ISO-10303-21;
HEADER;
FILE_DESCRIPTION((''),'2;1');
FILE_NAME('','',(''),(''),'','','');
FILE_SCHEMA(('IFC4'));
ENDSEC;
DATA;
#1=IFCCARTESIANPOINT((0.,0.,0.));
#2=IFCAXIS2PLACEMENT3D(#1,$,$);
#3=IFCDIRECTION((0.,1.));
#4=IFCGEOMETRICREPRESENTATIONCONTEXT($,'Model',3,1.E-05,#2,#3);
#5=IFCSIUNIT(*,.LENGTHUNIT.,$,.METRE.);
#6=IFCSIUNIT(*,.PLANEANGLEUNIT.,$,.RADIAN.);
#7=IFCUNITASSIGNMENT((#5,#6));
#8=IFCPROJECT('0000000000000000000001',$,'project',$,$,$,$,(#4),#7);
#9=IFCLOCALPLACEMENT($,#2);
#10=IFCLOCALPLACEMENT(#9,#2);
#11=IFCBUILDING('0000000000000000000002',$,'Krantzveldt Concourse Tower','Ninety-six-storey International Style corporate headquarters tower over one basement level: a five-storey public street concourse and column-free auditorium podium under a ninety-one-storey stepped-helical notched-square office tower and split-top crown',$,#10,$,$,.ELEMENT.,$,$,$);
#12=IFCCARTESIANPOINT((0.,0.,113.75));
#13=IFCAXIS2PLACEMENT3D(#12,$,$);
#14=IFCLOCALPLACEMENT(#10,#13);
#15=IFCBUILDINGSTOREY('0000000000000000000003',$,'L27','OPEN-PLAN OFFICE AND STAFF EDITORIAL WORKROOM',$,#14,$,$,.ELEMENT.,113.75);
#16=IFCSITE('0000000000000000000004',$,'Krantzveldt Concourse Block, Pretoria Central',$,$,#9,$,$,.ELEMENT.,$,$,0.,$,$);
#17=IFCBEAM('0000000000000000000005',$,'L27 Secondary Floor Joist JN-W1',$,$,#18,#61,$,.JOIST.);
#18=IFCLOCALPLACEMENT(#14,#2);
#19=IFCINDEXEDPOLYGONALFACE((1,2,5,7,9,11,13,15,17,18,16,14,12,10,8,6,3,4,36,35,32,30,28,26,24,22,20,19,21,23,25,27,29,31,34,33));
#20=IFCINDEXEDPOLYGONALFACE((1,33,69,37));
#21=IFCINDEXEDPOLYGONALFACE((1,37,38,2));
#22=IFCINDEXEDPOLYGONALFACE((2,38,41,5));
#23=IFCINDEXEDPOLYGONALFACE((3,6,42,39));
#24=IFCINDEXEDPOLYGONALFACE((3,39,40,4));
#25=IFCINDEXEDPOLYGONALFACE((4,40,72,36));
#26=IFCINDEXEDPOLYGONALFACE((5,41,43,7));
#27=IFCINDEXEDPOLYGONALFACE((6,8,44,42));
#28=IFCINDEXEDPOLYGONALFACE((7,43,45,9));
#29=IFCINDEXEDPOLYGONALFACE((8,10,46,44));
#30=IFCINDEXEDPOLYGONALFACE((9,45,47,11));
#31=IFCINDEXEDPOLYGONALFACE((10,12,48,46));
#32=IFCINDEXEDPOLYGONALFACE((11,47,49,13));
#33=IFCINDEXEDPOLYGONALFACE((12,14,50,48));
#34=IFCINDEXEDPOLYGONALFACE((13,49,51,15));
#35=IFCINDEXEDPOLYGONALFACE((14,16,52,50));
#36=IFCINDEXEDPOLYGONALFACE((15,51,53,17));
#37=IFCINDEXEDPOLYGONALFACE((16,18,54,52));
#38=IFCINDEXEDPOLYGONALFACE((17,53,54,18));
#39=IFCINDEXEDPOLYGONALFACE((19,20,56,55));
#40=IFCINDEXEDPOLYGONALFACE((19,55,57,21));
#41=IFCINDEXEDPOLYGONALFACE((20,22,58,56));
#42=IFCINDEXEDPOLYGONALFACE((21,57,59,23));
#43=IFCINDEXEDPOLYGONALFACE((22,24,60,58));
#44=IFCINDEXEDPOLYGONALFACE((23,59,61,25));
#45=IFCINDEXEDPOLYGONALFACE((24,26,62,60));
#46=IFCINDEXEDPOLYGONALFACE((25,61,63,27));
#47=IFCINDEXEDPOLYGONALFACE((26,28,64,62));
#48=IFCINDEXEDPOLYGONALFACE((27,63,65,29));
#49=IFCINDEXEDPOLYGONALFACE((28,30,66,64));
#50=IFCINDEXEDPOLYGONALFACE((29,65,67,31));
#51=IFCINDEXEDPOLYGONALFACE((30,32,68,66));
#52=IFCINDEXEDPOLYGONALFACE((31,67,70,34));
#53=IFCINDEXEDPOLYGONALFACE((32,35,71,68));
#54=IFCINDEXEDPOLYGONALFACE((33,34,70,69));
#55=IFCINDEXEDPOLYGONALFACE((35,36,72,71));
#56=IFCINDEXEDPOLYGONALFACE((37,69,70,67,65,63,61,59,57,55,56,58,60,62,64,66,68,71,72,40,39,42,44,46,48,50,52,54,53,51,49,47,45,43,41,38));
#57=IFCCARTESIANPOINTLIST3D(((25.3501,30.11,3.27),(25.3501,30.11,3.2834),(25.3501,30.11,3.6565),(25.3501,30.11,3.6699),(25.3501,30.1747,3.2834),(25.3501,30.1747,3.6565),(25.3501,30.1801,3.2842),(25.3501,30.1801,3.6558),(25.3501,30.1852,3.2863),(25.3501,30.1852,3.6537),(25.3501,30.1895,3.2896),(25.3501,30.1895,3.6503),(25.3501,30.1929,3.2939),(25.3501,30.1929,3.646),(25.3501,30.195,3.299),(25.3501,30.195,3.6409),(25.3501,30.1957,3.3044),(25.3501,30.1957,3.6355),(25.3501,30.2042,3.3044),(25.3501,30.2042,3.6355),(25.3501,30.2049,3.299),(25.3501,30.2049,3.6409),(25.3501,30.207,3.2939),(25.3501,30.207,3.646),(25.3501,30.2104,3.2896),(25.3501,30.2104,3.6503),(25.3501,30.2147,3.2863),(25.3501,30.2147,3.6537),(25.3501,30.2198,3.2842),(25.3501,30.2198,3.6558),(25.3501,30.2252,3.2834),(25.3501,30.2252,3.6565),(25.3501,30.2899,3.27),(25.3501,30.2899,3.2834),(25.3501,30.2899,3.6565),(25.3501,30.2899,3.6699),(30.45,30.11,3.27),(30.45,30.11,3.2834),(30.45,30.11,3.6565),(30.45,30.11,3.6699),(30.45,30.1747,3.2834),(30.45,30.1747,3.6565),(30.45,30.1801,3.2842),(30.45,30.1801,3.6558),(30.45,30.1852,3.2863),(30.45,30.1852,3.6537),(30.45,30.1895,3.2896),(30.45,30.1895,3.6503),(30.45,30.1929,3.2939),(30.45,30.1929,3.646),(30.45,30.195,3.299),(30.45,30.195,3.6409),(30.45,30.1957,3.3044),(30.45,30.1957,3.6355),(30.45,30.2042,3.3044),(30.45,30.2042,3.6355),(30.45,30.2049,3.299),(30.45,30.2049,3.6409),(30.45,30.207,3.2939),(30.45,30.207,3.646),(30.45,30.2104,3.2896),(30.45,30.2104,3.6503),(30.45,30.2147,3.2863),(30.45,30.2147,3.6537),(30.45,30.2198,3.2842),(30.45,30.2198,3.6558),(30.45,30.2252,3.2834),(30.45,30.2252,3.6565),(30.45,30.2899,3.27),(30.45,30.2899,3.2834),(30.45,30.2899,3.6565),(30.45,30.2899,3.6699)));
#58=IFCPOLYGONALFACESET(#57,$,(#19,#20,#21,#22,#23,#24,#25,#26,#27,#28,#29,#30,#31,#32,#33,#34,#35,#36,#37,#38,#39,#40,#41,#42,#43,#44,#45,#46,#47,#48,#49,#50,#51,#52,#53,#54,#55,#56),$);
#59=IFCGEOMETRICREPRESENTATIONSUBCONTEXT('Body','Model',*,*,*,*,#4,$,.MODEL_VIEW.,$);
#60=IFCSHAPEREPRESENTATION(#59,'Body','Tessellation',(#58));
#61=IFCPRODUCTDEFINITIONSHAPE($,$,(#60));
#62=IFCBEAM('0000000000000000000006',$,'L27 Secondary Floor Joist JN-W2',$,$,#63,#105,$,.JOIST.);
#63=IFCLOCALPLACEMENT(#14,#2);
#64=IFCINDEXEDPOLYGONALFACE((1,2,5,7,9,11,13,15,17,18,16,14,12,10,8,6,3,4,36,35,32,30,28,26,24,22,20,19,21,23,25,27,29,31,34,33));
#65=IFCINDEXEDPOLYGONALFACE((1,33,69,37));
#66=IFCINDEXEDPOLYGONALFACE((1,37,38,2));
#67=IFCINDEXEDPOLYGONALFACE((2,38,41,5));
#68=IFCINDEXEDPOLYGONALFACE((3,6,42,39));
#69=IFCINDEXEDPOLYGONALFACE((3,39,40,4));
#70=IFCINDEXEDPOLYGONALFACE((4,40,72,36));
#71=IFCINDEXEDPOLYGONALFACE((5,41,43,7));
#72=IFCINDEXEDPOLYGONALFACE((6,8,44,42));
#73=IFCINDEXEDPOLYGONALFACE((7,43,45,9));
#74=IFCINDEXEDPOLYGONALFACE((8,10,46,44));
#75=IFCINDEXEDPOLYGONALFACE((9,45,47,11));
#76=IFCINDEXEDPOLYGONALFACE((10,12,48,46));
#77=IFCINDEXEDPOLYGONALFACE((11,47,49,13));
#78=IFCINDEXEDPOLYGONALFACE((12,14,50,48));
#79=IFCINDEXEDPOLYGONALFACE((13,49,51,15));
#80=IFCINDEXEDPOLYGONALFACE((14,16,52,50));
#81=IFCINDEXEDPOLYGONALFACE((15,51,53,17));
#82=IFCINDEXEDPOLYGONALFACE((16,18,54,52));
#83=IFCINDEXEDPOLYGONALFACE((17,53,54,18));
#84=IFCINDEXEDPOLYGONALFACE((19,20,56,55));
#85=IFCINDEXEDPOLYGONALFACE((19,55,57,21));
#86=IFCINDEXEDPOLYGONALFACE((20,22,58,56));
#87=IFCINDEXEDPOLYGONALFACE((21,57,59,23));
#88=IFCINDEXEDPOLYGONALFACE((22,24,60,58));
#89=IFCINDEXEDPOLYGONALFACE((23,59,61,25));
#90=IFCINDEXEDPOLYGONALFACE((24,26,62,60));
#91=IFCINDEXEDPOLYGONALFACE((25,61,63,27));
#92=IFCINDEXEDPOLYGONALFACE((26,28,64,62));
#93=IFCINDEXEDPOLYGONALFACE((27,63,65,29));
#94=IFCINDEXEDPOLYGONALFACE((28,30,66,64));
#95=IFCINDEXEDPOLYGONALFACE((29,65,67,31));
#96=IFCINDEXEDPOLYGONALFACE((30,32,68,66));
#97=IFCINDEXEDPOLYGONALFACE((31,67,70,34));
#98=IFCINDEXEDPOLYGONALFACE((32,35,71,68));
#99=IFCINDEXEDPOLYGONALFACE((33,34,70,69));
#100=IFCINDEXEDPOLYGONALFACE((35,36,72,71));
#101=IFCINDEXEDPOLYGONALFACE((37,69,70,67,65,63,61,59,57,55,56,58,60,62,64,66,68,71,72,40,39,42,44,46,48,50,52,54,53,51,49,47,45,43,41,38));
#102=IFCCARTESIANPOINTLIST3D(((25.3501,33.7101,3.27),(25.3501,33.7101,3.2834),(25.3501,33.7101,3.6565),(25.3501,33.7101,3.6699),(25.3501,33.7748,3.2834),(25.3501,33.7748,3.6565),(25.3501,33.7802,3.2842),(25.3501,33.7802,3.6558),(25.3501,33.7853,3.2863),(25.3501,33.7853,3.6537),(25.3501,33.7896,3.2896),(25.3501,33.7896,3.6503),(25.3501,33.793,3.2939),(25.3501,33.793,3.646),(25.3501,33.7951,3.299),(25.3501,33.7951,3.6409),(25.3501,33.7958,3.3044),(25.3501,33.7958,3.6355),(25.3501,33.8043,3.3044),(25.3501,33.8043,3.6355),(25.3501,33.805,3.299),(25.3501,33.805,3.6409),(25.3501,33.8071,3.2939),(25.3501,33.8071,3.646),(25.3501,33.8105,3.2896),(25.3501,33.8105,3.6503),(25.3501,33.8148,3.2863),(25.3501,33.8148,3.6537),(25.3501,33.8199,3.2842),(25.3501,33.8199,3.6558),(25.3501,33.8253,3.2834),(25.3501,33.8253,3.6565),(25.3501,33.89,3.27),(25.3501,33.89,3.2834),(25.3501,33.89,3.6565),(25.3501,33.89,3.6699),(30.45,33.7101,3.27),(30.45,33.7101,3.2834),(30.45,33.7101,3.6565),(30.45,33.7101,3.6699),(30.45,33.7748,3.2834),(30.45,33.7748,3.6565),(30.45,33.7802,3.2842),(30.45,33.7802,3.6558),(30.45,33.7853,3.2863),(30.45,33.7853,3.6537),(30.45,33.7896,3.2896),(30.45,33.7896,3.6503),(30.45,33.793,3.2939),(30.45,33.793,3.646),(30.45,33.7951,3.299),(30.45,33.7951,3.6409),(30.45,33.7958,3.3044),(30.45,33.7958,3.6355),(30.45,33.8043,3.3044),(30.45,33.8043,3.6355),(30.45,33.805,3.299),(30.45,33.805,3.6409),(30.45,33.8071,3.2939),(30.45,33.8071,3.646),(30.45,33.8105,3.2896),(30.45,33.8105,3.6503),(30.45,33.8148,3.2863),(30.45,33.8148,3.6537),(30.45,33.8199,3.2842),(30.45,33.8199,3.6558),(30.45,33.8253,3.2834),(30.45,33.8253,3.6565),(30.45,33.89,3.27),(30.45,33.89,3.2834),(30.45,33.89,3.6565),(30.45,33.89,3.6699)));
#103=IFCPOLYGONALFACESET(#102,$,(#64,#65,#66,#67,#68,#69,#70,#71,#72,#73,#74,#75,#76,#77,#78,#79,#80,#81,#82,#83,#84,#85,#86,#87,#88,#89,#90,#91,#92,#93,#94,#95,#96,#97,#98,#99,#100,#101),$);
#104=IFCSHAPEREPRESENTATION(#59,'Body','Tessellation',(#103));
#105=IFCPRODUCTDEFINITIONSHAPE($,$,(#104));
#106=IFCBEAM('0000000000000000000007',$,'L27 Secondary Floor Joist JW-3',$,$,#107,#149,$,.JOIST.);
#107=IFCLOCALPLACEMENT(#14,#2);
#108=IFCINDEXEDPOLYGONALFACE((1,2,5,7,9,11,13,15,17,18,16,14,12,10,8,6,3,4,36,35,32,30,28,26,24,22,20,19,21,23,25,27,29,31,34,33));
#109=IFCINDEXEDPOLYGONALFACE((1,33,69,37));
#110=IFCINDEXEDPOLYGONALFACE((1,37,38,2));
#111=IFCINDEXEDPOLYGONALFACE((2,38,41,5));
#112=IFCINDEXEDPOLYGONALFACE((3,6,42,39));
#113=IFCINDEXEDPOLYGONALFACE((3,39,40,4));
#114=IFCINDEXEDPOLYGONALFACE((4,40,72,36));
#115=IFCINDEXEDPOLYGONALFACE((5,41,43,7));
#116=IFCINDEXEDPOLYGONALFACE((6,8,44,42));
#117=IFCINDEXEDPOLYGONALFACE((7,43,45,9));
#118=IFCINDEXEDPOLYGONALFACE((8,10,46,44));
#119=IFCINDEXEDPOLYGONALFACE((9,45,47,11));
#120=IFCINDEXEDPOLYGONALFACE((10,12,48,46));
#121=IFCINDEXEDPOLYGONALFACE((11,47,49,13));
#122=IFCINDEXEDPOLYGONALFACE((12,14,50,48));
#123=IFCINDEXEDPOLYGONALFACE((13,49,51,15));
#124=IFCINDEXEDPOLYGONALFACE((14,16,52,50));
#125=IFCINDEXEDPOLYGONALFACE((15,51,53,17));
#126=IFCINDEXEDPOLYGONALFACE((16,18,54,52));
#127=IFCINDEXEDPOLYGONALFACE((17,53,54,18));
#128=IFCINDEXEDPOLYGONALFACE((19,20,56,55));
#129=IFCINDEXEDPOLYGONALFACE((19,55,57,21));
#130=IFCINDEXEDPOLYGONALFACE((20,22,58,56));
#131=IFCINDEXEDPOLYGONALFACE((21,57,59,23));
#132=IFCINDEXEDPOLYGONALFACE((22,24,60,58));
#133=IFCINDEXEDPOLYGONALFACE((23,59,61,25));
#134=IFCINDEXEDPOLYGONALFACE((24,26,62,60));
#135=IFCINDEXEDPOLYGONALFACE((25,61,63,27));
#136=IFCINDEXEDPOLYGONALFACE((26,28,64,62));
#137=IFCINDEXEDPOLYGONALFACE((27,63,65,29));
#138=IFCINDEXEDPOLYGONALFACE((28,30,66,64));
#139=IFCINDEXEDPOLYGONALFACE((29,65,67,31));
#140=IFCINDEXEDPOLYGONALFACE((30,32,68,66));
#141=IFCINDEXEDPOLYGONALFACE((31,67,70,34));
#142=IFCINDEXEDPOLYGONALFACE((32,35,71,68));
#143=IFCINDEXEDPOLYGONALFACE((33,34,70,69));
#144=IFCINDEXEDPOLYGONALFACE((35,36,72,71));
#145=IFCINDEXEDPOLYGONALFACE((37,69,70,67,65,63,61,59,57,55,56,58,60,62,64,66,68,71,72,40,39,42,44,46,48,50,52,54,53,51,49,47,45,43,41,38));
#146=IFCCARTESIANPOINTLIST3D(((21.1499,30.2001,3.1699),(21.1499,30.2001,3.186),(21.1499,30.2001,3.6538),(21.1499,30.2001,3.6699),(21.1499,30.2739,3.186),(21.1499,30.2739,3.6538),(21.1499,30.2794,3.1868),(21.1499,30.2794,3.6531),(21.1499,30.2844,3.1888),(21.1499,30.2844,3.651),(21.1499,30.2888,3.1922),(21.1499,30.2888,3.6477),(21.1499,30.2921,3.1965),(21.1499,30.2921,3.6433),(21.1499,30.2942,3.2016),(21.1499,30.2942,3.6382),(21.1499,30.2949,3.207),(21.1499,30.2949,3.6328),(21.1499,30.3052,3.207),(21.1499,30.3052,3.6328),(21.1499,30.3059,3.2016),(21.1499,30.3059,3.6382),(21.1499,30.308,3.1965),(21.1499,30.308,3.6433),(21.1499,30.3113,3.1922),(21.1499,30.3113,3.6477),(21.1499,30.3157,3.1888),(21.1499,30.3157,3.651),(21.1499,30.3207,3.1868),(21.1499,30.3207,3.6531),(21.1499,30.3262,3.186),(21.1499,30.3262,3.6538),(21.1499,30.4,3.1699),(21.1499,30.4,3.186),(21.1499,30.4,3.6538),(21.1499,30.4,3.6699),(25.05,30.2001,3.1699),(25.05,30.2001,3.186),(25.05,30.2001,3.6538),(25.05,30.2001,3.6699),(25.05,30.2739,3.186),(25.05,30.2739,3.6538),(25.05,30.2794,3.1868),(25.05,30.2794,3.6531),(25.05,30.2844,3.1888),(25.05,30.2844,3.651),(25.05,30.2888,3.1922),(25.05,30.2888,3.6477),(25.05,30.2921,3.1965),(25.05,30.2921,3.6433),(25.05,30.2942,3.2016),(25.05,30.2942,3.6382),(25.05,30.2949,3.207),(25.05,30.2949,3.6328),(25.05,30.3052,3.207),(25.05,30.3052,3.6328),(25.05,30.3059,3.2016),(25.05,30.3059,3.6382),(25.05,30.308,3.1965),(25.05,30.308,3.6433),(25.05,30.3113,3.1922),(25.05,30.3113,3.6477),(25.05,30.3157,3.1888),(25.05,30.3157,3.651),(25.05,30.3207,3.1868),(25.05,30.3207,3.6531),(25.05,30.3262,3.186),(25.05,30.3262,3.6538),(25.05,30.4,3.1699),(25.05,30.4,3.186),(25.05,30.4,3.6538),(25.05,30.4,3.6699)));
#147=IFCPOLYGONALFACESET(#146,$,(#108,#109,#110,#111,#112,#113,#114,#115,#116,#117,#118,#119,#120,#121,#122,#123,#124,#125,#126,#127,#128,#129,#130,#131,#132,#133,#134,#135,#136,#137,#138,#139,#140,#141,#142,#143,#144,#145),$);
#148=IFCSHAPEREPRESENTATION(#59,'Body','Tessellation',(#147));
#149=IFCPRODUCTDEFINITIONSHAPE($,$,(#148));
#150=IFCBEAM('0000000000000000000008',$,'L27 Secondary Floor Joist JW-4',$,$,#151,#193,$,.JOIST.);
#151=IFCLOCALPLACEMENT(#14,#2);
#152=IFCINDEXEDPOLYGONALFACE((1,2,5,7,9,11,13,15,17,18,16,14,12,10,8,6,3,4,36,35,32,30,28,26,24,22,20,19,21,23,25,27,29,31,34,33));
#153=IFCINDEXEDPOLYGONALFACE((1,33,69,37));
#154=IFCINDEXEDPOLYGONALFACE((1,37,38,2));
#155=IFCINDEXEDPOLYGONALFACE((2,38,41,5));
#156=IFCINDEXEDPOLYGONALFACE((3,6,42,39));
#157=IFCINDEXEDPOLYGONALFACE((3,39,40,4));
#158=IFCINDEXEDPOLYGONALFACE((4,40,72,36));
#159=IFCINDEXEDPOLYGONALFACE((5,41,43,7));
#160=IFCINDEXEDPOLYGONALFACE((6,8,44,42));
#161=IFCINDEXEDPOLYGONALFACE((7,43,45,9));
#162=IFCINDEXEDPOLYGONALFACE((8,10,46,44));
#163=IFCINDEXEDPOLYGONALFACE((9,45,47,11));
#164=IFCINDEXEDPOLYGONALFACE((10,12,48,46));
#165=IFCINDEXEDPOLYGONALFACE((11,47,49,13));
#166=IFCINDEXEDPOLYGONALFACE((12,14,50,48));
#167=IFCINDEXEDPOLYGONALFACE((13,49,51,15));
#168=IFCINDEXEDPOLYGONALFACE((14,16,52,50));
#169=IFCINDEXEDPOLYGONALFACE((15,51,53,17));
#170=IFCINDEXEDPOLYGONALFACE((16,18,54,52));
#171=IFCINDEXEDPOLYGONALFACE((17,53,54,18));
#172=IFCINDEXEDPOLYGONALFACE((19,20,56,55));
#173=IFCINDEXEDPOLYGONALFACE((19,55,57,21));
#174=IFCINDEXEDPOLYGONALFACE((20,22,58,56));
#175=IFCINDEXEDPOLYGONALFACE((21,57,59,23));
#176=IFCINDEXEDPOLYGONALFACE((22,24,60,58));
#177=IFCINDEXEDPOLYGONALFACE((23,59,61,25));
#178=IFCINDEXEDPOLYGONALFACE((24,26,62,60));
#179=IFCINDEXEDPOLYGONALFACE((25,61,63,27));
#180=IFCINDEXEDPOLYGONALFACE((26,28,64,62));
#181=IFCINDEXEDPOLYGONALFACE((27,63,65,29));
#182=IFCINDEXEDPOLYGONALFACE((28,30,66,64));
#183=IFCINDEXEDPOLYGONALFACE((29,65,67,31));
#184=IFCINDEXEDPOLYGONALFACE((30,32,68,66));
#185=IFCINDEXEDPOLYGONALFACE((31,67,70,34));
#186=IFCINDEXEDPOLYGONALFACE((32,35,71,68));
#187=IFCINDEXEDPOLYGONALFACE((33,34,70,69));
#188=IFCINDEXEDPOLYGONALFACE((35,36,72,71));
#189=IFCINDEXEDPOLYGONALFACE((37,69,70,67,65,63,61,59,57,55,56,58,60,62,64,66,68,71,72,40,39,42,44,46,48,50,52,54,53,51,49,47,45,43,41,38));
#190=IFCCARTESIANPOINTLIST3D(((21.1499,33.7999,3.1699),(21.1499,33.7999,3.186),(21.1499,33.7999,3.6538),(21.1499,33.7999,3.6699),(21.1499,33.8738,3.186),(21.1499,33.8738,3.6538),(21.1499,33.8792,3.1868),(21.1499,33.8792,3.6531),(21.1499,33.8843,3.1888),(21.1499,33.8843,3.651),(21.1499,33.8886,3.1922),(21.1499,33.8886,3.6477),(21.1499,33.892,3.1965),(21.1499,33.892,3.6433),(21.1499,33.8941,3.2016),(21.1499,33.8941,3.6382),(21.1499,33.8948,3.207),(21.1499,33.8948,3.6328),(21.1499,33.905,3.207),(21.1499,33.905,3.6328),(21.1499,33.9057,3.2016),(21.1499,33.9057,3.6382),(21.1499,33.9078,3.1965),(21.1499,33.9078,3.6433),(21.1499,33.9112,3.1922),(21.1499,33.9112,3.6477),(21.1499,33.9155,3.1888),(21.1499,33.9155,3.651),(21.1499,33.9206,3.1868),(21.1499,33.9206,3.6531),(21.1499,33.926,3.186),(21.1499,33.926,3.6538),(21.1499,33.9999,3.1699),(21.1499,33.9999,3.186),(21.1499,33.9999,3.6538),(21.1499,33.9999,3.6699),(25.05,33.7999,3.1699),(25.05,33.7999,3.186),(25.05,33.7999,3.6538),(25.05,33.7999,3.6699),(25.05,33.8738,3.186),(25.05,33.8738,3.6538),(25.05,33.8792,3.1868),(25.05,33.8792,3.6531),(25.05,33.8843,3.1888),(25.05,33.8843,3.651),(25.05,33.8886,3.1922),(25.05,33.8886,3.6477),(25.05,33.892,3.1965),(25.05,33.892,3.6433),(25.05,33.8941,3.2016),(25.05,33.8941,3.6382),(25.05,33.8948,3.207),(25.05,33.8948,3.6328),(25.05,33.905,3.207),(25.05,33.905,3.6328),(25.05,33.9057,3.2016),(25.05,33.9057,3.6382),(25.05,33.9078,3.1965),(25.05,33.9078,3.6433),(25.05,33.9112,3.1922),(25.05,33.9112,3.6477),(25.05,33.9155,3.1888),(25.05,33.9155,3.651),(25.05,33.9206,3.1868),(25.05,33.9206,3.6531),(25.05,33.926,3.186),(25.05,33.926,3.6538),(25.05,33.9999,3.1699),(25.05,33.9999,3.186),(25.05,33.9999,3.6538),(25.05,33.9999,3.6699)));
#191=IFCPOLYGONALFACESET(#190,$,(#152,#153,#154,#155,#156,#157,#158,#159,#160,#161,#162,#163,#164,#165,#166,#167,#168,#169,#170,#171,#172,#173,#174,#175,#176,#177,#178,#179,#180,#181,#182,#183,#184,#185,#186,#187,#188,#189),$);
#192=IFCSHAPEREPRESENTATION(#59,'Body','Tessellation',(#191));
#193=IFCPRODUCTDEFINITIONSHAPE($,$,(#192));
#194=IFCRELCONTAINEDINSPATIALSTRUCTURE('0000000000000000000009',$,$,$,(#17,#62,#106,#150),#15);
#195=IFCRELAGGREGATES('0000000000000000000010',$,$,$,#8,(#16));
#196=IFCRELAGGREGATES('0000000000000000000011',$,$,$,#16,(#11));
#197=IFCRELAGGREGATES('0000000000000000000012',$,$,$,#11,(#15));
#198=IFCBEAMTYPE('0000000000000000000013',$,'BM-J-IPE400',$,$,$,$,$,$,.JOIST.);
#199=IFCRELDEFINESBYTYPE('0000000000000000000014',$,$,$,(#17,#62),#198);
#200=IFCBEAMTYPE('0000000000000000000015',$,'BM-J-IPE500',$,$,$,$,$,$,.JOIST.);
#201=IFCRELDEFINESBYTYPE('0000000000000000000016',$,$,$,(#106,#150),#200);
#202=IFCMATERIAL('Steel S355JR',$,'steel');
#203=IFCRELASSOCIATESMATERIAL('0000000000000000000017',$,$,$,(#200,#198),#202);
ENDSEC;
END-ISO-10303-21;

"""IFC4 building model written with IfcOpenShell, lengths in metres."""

from ifc_helpers import new_model, si_unit, direction, frame, origin, origin_2d, place, context, subcontext, project, spatial, i_section, extrude, source, transform, mapped, material, material_profile, profile_set, type_object, type_shapes, element, save


model = new_model("IFC4")

# Units and contexts
model_context = context("Model", 3, precision=1e-05, world=origin(), true_north=direction((0.0, 1.0)))
body_context = subcontext(model_context, "Body", "Model", "MODEL_VIEW")
ifc_project = project(units=[si_unit("LENGTHUNIT", "METRE"), si_unit("PLANEANGLEUNIT", "RADIAN")], contexts=[model_context])

# Site, building, storey
site_placement = place(None, origin())
site = spatial("IfcSite", under=ifc_project, at=site_placement, Name="Krantzveldt Concourse Block, Pretoria Central", CompositionType="ELEMENT", RefElevation=0.0)
building_placement = place(site_placement, origin())
building = spatial("IfcBuilding", under=site, at=building_placement, Name="Krantzveldt Concourse Tower", Description="Ninety-six-storey International Style corporate headquarters tower over one basement level: a five-storey public street concourse and column-free auditorium podium under a ninety-one-storey stepped-helical notched-square office tower and split-top crown", CompositionType="ELEMENT")
storey_placement = place(building_placement, frame((0.0, 0.0, 113.75)))
storey = spatial("IfcBuildingStorey", under=building, at=storey_placement, Name="L27", Description="OPEN-PLAN OFFICE AND STAFF EDITORIAL WORKROOM", CompositionType="ELEMENT", Elevation=113.75)

# Beams
ifc_material_1 = material(Name="Steel S355JR", Category="steel")
ifc_material_profile_1 = material_profile(ifc_material_1, i_section(OverallWidth=0.2, OverallDepth=0.5, WebThickness=0.0103, FlangeThickness=0.0161, FilletRadius=0.021, at=origin_2d()), Name="Steel S355JR", Category="steel")
ifc_profile_set_1 = profile_set([ifc_material_profile_1], Name="Steel S355JR - IPE 500")
beam_type_1 = type_object("IfcBeamType", Name="BM-J-IPE500", PredefinedType="JOIST", material=ifc_profile_set_1)
ifc_material_profile_2 = material_profile(ifc_material_1, i_section(OverallWidth=0.1799, OverallDepth=0.3999, WebThickness=0.0085, FlangeThickness=0.0134, FilletRadius=0.021, at=origin_2d()), Name="Steel S355JR", Category="steel")
ifc_profile_set_2 = profile_set([ifc_material_profile_2], Name="Steel S355JR - IPE 400")
beam_type_2 = type_object("IfcBeamType", Name="BM-J-IPE400", PredefinedType="JOIST", material=ifc_profile_set_2)
shared_shape_1 = source(origin(), body_context, "Body", "SweptSolid", [
    extrude(i_section(OverallWidth=0.1799, OverallDepth=0.3999, WebThickness=0.0085, FlangeThickness=0.0134, FilletRadius=0.021, at=origin_2d()), origin(), (0.0, 0.0, 1.0), 5.0999),
])
type_shapes(beam_type_2, [shared_shape_1])
for number, where, z_axis, x_axis, name in (
    (1, (25.3501, 30.2, 3.47), (1.0, 0.0, 0.0), (0.0, 1.0, 0.0), "L27 Secondary Floor Joist JN-W1"),
    (2, (25.3501, 33.8, 3.47), (1.0, 0.0, 0.0), (0.0, 1.0, 0.0), "L27 Secondary Floor Joist JN-W2"),
):
    element("IfcBeam", number, at=place(storey_placement, frame(where, z_axis=z_axis, x_axis=x_axis)), inside=storey, type_object=beam_type_2, Name=name, PredefinedType="JOIST", context=body_context, shape_type="MappedRepresentation", body=[
        mapped(shared_shape_1, transform((0.0, 0.0, 0.0), x_axis=(1.0, 0.0, 0.0), y_axis=(0.0, 1.0, 0.0), z_axis=(0.0, 0.0, 1.0), scale=1.0)),
    ])
shared_shape_2 = source(origin(), body_context, "Body", "SweptSolid", [
    extrude(i_section(OverallWidth=0.2, OverallDepth=0.5, WebThickness=0.0103, FlangeThickness=0.0161, FilletRadius=0.021, at=origin_2d()), origin(), (0.0, 0.0, 1.0), 3.9001),
])
for number, where, z_axis, x_axis, name in (
    (3, (21.1499, 30.3, 3.4199), (1.0, 0.0, 0.0), (0.0, 1.0, 0.0), "L27 Secondary Floor Joist JW-3"),
    (4, (21.1499, 33.8999, 3.4199), (1.0, 0.0, 0.0), (0.0, 1.0, 0.0), "L27 Secondary Floor Joist JW-4"),
):
    element("IfcBeam", number, at=place(storey_placement, frame(where, z_axis=z_axis, x_axis=x_axis)), inside=storey, type_object=beam_type_1, Name=name, PredefinedType="JOIST", context=body_context, shape_type="MappedRepresentation", body=[
        mapped(shared_shape_2, transform((0.0, 0.0, 0.0), x_axis=(1.0, 0.0, 0.0), y_axis=(0.0, 1.0, 0.0), z_axis=(0.0, 0.0, 1.0), scale=1.0)),
    ])

save(model, "model.ifc")
